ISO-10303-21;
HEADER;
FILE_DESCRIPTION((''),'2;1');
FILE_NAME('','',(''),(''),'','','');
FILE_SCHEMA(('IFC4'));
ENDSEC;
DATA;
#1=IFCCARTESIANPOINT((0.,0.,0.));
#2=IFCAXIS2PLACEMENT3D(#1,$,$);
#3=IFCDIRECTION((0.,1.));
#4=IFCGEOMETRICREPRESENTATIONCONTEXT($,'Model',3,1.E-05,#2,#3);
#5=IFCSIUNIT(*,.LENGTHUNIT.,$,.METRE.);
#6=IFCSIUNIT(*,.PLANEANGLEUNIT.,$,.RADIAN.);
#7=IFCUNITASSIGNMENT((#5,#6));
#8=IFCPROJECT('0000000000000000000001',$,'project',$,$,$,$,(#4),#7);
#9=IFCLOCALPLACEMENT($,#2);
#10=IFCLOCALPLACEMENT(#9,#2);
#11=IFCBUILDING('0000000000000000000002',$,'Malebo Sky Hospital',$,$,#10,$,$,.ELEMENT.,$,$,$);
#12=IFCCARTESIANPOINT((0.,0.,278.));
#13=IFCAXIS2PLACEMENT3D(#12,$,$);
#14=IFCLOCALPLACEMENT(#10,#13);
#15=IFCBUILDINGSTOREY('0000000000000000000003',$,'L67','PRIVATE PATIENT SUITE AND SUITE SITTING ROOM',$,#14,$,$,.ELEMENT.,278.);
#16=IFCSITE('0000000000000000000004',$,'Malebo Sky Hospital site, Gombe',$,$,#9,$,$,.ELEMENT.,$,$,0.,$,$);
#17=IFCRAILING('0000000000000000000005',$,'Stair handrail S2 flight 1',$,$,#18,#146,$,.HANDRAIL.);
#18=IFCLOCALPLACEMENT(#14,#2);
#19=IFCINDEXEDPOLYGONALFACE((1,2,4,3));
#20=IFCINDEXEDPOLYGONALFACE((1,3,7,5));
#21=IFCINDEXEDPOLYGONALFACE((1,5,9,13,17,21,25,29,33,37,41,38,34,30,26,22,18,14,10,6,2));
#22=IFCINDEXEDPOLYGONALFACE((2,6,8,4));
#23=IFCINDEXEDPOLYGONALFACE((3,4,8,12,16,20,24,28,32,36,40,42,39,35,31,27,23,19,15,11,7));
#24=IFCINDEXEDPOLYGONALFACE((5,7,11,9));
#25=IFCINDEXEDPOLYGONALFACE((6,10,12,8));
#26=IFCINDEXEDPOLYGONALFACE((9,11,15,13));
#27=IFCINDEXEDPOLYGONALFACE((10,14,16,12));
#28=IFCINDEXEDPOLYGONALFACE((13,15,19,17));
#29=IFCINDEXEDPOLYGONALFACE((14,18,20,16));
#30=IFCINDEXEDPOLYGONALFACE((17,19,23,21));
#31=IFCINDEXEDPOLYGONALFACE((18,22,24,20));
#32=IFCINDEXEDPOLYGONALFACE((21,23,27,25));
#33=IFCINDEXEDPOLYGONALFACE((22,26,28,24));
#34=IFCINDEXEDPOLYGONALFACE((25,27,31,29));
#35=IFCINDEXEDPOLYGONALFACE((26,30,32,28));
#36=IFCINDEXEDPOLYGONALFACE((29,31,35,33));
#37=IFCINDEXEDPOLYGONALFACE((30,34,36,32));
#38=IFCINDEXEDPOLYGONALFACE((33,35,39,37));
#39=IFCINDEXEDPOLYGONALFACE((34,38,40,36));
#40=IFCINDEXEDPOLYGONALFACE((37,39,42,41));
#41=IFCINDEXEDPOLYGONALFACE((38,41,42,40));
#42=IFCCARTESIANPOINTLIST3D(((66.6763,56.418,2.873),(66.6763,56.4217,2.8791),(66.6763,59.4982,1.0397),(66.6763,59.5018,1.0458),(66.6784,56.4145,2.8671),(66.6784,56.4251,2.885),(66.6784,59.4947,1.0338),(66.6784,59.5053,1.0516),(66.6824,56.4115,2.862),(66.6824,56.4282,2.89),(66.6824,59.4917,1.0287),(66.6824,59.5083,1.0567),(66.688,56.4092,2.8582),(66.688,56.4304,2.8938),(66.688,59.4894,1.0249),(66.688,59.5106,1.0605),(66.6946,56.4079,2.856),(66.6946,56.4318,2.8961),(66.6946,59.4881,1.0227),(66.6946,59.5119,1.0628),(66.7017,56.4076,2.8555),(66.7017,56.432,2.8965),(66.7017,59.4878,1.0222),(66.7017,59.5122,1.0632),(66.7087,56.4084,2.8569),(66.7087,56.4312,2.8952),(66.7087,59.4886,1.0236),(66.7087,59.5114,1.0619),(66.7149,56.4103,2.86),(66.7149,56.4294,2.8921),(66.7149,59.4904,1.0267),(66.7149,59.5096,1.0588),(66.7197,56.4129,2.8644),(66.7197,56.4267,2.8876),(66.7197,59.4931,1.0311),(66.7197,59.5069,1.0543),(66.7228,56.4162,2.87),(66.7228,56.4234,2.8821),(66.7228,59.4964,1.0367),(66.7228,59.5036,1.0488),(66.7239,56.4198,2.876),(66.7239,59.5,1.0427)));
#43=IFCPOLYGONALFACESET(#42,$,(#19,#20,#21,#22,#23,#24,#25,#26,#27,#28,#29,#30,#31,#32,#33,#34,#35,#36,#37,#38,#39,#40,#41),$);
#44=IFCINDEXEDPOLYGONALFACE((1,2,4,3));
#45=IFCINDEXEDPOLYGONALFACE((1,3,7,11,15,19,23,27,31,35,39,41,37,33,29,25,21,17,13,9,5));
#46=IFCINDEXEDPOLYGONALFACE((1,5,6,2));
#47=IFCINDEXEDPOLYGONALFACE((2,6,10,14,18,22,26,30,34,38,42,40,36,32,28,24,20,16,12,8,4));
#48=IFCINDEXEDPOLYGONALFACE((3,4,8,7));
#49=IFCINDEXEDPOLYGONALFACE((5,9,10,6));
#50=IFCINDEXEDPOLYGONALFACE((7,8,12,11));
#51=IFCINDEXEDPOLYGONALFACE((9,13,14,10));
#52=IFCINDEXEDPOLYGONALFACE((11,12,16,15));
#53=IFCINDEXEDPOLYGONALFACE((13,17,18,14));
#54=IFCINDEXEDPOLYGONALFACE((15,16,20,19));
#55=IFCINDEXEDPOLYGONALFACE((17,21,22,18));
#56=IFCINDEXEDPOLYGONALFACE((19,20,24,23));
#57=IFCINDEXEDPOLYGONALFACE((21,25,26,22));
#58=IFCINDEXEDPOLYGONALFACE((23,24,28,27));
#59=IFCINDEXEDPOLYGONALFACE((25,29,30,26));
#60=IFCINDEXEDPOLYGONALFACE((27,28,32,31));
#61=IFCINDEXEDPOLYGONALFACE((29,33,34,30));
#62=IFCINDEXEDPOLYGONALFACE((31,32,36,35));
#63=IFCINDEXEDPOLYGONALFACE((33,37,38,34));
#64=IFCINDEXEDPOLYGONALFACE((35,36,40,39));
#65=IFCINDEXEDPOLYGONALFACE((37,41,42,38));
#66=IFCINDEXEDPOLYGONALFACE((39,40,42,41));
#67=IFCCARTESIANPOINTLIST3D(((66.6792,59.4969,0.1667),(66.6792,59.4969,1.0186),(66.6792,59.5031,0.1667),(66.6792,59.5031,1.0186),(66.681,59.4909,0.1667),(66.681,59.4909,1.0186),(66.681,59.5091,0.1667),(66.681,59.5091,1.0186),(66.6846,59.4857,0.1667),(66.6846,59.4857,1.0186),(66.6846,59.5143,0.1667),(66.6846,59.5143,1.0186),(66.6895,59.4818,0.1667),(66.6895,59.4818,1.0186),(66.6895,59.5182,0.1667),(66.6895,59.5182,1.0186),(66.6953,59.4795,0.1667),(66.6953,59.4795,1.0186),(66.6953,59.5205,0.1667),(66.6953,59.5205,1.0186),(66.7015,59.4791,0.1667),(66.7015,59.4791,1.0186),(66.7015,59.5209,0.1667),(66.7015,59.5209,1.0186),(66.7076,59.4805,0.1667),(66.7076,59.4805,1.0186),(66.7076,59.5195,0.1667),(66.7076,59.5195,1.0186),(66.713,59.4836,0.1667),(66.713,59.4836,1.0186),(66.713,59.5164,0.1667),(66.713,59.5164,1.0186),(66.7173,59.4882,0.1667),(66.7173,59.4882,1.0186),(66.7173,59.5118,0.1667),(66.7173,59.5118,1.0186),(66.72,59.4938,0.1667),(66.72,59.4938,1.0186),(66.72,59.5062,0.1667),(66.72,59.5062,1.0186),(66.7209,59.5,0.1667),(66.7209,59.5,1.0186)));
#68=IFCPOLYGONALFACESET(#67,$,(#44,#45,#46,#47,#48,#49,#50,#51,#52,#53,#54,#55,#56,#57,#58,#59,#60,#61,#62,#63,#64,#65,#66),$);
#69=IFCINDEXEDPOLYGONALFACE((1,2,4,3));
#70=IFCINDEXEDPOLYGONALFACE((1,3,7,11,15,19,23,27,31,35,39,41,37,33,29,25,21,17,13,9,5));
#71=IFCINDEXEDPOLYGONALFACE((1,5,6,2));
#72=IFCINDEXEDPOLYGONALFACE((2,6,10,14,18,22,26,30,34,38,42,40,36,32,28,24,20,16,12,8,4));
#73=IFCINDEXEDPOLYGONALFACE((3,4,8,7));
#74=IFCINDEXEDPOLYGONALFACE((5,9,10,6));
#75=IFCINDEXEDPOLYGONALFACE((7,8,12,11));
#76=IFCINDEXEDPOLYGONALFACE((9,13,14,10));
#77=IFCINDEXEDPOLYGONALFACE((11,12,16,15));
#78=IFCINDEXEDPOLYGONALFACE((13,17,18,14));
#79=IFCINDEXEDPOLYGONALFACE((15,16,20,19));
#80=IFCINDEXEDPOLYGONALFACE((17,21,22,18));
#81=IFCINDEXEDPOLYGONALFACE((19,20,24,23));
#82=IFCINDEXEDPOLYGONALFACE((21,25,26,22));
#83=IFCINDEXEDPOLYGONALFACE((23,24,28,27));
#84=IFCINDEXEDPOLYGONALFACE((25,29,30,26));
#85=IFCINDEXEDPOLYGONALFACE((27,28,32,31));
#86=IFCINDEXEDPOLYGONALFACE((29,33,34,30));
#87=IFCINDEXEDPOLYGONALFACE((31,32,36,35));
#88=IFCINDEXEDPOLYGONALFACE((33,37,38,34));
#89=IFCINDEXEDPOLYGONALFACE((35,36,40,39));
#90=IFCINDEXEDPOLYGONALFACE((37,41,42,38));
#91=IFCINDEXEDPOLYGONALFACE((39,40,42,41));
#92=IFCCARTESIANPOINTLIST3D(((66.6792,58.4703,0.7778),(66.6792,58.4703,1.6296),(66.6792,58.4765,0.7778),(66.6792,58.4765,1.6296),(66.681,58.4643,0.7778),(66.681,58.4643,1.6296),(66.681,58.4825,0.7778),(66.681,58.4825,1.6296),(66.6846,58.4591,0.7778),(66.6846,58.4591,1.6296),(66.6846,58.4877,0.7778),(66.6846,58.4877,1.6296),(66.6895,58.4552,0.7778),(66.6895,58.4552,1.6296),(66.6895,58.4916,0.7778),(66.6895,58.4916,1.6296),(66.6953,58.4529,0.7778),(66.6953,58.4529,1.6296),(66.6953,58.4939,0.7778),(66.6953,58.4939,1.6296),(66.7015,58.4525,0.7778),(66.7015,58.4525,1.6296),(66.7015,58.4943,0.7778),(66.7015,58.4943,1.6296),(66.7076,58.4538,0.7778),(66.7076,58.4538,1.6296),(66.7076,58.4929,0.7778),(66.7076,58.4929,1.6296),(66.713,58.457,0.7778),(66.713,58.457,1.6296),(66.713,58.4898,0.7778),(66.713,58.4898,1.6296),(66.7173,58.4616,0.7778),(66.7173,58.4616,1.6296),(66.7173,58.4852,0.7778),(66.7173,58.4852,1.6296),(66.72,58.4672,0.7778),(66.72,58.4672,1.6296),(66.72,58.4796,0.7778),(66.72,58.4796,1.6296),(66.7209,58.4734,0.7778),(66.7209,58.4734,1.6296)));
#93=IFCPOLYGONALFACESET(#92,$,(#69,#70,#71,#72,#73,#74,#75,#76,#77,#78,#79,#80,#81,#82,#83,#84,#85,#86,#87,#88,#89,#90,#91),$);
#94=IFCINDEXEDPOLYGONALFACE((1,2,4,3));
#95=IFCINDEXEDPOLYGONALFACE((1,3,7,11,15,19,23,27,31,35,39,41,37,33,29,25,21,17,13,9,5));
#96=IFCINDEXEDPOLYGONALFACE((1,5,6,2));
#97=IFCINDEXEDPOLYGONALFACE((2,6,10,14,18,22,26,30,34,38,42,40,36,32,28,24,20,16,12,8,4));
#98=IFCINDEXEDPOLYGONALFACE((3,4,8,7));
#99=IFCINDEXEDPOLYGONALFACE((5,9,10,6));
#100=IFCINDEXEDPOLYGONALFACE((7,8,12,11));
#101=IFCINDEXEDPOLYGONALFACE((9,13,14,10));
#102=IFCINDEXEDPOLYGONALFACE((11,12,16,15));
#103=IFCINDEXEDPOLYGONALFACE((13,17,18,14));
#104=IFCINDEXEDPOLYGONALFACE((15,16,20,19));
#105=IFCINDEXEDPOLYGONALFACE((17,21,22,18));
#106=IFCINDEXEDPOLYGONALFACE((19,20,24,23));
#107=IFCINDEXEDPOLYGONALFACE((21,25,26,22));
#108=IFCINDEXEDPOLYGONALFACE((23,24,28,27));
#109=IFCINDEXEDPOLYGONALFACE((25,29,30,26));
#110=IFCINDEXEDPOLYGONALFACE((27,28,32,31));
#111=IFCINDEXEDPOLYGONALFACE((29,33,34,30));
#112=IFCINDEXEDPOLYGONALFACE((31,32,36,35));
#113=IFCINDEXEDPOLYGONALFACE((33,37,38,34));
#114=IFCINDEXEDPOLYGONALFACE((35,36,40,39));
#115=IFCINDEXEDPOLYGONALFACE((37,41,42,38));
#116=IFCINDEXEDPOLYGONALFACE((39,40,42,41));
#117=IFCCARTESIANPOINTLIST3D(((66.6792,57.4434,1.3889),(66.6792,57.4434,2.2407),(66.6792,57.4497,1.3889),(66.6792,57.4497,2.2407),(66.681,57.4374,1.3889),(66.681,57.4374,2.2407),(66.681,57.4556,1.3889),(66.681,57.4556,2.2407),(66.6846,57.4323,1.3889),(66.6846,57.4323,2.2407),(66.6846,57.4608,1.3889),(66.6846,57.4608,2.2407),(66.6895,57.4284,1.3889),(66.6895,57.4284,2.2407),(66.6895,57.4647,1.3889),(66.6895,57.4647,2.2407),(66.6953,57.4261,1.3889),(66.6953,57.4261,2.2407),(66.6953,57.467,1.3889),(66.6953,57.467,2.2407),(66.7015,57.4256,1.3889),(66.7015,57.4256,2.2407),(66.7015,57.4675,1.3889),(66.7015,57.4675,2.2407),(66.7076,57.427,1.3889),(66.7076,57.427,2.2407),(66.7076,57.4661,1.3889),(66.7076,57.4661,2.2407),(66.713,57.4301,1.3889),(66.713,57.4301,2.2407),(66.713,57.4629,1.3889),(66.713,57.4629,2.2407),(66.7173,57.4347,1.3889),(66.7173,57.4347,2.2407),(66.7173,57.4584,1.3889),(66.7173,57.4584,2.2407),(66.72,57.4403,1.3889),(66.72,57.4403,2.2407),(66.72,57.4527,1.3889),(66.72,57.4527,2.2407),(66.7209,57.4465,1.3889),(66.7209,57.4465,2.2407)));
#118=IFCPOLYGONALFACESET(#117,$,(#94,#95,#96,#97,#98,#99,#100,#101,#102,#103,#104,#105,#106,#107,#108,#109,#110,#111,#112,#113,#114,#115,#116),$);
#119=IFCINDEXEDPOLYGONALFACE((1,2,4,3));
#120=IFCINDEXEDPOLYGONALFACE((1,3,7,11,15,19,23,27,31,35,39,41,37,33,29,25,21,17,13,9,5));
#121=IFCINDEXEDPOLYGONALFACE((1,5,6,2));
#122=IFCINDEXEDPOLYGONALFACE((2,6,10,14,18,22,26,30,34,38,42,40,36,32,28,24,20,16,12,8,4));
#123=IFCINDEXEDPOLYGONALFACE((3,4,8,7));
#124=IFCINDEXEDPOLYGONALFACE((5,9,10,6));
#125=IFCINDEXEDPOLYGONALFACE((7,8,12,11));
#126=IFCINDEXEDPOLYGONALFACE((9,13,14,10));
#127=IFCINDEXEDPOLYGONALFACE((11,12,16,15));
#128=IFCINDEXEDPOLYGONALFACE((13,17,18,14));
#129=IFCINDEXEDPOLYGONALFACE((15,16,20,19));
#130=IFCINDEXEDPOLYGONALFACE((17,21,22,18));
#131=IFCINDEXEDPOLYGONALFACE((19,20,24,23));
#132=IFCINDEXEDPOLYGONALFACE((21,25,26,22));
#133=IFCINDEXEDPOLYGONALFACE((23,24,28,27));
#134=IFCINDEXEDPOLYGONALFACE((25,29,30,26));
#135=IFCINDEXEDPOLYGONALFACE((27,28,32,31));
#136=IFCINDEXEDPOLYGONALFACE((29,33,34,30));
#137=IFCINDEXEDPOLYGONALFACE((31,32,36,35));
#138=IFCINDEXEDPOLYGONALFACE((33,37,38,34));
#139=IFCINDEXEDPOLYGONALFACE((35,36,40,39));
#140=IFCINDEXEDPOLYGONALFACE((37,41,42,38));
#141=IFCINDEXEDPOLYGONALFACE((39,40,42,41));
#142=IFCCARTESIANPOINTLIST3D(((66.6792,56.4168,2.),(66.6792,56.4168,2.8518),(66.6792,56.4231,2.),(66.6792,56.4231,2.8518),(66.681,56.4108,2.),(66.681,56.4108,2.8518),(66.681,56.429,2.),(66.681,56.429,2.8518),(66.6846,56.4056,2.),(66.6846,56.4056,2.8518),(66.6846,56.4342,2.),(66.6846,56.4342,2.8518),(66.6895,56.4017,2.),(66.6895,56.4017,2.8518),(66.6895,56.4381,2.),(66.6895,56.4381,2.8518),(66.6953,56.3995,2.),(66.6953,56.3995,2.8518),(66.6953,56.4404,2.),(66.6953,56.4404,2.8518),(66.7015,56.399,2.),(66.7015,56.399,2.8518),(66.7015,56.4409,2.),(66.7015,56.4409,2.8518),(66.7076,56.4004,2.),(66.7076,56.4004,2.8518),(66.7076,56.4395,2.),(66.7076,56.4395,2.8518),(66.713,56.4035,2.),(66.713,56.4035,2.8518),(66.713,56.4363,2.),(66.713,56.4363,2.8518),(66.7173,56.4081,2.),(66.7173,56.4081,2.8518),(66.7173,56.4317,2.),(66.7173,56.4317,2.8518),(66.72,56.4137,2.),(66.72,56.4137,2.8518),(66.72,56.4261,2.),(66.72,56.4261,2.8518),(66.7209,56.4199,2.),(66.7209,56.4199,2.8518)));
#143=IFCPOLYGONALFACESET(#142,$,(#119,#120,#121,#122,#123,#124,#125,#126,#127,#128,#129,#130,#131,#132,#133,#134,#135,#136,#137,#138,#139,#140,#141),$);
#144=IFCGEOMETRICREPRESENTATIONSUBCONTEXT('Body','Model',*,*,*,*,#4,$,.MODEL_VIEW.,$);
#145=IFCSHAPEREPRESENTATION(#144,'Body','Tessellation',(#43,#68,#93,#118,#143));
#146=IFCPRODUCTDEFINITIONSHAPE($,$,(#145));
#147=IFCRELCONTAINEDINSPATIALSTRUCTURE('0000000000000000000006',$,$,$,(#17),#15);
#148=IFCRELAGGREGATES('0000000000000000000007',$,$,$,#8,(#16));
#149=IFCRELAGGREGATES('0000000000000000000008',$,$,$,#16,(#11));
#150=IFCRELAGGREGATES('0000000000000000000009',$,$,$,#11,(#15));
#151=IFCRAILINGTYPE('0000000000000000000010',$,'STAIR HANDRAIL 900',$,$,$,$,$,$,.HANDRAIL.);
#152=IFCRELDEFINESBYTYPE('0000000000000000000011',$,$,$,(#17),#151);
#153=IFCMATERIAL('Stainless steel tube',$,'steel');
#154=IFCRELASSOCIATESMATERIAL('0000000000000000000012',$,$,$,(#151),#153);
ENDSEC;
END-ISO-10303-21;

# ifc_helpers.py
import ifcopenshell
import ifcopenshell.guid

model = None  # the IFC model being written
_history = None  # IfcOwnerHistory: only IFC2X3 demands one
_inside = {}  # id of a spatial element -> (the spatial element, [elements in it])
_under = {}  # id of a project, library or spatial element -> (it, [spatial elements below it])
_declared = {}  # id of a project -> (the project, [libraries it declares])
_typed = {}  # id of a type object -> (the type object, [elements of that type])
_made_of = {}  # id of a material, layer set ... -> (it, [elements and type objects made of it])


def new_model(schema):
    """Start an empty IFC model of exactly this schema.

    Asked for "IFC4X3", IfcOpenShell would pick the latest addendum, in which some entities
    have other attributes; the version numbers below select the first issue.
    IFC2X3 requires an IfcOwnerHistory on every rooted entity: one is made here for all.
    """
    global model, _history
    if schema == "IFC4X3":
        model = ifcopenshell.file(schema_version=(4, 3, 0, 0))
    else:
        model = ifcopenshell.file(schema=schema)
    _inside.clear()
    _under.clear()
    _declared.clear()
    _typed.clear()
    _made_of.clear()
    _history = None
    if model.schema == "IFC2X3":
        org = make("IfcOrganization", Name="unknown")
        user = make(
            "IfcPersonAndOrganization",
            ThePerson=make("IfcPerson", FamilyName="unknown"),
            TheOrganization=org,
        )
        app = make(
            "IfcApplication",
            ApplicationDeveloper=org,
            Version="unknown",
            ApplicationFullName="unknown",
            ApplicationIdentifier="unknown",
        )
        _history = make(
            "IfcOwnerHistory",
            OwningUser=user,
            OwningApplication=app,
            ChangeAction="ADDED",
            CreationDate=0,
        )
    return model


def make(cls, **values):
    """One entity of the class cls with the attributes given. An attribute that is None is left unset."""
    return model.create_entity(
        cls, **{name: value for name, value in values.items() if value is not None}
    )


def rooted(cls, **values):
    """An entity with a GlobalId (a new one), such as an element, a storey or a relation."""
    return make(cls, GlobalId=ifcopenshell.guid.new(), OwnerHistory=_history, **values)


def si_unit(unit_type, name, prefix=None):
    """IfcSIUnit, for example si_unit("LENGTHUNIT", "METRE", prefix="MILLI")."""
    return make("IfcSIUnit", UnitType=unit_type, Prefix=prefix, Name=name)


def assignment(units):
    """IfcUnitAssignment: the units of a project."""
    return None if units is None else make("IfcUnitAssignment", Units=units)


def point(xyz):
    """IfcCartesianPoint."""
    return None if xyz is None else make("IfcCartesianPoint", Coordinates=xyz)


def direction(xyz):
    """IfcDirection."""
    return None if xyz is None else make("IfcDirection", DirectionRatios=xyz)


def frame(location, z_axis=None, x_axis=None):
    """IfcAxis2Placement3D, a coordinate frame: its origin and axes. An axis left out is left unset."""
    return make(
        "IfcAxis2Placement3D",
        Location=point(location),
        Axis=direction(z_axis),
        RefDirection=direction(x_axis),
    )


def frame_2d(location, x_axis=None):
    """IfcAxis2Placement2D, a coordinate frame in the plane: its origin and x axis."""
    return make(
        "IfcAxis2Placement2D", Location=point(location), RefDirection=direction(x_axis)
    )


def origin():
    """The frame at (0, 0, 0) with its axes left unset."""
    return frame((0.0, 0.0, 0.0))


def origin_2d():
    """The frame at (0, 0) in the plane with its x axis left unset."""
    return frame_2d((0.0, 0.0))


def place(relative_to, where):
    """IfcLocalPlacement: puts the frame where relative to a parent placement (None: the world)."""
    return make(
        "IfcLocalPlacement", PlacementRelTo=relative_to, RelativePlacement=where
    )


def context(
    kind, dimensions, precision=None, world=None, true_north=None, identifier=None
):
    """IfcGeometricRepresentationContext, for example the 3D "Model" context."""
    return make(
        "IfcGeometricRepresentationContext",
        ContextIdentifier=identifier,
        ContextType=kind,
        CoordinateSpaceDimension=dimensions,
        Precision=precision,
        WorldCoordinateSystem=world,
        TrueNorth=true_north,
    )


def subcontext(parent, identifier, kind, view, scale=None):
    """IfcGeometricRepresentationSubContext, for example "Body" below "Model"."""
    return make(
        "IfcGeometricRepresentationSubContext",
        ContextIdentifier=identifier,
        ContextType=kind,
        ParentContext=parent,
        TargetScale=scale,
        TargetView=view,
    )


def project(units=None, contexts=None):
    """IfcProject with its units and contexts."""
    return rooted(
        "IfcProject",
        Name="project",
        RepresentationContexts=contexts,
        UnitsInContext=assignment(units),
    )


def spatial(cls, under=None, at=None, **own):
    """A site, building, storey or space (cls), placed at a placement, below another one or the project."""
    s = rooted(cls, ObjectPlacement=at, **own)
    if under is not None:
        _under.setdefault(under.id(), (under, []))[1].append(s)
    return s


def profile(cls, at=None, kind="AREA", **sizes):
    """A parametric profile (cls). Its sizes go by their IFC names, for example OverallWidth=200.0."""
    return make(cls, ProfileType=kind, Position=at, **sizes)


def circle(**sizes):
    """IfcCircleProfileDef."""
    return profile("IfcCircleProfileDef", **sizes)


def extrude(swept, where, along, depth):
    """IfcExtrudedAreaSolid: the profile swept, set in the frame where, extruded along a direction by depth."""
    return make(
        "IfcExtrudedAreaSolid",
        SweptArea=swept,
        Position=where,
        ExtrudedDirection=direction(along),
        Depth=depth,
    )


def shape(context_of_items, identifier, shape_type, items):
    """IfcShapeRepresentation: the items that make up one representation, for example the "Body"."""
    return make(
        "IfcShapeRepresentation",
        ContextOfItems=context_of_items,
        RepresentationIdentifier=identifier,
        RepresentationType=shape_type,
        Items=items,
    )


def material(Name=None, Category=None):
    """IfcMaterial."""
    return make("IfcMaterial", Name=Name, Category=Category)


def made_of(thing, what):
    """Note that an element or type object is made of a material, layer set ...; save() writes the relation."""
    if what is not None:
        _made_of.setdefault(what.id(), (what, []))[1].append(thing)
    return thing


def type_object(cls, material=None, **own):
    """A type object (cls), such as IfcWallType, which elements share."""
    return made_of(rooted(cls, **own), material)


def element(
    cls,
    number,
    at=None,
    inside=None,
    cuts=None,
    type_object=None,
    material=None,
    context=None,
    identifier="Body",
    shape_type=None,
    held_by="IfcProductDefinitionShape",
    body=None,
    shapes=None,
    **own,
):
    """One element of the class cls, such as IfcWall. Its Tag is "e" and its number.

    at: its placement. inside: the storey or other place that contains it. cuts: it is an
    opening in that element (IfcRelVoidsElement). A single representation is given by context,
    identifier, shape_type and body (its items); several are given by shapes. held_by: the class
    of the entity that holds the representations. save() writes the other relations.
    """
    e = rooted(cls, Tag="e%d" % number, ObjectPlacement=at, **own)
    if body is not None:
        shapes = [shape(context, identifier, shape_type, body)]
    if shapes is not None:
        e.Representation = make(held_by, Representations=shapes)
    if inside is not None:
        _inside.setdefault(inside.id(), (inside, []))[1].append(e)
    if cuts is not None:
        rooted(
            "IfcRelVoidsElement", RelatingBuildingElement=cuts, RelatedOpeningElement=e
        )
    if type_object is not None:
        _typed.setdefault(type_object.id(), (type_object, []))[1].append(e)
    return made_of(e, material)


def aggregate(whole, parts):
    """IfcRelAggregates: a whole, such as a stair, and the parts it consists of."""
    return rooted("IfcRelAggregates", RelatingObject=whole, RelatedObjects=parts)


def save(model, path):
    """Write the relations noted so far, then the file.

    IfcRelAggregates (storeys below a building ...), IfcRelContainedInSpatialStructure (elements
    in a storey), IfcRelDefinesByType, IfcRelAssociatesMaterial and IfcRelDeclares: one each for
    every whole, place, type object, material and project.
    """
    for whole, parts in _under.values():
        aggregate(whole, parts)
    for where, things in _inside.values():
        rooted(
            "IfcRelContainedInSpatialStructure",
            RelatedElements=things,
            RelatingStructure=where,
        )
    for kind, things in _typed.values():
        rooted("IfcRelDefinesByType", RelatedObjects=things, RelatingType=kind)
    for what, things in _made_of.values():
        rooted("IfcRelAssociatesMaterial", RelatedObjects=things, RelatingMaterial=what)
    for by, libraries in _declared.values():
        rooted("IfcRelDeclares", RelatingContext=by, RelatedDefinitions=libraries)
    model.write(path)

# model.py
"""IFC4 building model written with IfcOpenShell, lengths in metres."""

from ifc_helpers import new_model, si_unit, direction, frame, origin, origin_2d, place, context, subcontext, project, spatial, circle, extrude, material, type_object, element, save


model = new_model("IFC4")

# Units and contexts
model_context = context("Model", 3, precision=1e-05, world=origin(), true_north=direction((0.0, 1.0)))
body_context = subcontext(model_context, "Body", "Model", "MODEL_VIEW")
ifc_project = project(units=[si_unit("LENGTHUNIT", "METRE"), si_unit("PLANEANGLEUNIT", "RADIAN")], contexts=[model_context])

# Site, building, storey
site_placement = place(None, origin())
site = spatial("IfcSite", under=ifc_project, at=site_placement, Name="Malebo Sky Hospital site, Gombe", CompositionType="ELEMENT", RefElevation=0.0)
building_placement = place(site_placement, origin())
building = spatial("IfcBuilding", under=site, at=building_placement, Name="Malebo Sky Hospital", CompositionType="ELEMENT")
storey_placement = place(building_placement, frame((0.0, 0.0, 278.0)))
storey = spatial("IfcBuildingStorey", under=building, at=storey_placement, Name="L67", Description="PRIVATE PATIENT SUITE AND SUITE SITTING ROOM", CompositionType="ELEMENT", Elevation=278.0)

# Railing
ifc_material_1 = material(Name="Stainless steel tube", Category="steel")
railing_type = type_object("IfcRailingType", Name="STAIR HANDRAIL 900", PredefinedType="HANDRAIL", material=ifc_material_1)
railing_1_placement = place(storey_placement, frame((66.7, 59.5, 0.1667)))
element("IfcRailing", 1, at=railing_1_placement, inside=storey, type_object=railing_type, Name="Stair handrail S2 flight 1", PredefinedType="HANDRAIL", context=body_context, shape_type="SweptSolid", body=[
    extrude(circle(Radius=0.0239, at=origin_2d()), frame((0.0, 0.0, 0.876), z_axis=(0.0, -0.859309, 0.511458), x_axis=(1.0, 0.0, 0.0)), (0.0, 0.0, 1.0), 3.5845),
    extrude(circle(Radius=0.021, at=origin_2d()), origin(), (0.0, 0.0, 1.0), 0.8518),
    extrude(circle(Radius=0.021, at=origin_2d()), frame((0.0, -1.0266, 0.6111)), (0.0, 0.0, 1.0), 0.8518),
    extrude(circle(Radius=0.021, at=origin_2d()), frame((0.0, -2.0535, 1.2222)), (0.0, 0.0, 1.0), 0.8518),
    extrude(circle(Radius=0.021, at=origin_2d()), frame((0.0, -3.0801, 1.8333)), (0.0, 0.0, 1.0), 0.8518),
])

save(model, "model.ifc")
